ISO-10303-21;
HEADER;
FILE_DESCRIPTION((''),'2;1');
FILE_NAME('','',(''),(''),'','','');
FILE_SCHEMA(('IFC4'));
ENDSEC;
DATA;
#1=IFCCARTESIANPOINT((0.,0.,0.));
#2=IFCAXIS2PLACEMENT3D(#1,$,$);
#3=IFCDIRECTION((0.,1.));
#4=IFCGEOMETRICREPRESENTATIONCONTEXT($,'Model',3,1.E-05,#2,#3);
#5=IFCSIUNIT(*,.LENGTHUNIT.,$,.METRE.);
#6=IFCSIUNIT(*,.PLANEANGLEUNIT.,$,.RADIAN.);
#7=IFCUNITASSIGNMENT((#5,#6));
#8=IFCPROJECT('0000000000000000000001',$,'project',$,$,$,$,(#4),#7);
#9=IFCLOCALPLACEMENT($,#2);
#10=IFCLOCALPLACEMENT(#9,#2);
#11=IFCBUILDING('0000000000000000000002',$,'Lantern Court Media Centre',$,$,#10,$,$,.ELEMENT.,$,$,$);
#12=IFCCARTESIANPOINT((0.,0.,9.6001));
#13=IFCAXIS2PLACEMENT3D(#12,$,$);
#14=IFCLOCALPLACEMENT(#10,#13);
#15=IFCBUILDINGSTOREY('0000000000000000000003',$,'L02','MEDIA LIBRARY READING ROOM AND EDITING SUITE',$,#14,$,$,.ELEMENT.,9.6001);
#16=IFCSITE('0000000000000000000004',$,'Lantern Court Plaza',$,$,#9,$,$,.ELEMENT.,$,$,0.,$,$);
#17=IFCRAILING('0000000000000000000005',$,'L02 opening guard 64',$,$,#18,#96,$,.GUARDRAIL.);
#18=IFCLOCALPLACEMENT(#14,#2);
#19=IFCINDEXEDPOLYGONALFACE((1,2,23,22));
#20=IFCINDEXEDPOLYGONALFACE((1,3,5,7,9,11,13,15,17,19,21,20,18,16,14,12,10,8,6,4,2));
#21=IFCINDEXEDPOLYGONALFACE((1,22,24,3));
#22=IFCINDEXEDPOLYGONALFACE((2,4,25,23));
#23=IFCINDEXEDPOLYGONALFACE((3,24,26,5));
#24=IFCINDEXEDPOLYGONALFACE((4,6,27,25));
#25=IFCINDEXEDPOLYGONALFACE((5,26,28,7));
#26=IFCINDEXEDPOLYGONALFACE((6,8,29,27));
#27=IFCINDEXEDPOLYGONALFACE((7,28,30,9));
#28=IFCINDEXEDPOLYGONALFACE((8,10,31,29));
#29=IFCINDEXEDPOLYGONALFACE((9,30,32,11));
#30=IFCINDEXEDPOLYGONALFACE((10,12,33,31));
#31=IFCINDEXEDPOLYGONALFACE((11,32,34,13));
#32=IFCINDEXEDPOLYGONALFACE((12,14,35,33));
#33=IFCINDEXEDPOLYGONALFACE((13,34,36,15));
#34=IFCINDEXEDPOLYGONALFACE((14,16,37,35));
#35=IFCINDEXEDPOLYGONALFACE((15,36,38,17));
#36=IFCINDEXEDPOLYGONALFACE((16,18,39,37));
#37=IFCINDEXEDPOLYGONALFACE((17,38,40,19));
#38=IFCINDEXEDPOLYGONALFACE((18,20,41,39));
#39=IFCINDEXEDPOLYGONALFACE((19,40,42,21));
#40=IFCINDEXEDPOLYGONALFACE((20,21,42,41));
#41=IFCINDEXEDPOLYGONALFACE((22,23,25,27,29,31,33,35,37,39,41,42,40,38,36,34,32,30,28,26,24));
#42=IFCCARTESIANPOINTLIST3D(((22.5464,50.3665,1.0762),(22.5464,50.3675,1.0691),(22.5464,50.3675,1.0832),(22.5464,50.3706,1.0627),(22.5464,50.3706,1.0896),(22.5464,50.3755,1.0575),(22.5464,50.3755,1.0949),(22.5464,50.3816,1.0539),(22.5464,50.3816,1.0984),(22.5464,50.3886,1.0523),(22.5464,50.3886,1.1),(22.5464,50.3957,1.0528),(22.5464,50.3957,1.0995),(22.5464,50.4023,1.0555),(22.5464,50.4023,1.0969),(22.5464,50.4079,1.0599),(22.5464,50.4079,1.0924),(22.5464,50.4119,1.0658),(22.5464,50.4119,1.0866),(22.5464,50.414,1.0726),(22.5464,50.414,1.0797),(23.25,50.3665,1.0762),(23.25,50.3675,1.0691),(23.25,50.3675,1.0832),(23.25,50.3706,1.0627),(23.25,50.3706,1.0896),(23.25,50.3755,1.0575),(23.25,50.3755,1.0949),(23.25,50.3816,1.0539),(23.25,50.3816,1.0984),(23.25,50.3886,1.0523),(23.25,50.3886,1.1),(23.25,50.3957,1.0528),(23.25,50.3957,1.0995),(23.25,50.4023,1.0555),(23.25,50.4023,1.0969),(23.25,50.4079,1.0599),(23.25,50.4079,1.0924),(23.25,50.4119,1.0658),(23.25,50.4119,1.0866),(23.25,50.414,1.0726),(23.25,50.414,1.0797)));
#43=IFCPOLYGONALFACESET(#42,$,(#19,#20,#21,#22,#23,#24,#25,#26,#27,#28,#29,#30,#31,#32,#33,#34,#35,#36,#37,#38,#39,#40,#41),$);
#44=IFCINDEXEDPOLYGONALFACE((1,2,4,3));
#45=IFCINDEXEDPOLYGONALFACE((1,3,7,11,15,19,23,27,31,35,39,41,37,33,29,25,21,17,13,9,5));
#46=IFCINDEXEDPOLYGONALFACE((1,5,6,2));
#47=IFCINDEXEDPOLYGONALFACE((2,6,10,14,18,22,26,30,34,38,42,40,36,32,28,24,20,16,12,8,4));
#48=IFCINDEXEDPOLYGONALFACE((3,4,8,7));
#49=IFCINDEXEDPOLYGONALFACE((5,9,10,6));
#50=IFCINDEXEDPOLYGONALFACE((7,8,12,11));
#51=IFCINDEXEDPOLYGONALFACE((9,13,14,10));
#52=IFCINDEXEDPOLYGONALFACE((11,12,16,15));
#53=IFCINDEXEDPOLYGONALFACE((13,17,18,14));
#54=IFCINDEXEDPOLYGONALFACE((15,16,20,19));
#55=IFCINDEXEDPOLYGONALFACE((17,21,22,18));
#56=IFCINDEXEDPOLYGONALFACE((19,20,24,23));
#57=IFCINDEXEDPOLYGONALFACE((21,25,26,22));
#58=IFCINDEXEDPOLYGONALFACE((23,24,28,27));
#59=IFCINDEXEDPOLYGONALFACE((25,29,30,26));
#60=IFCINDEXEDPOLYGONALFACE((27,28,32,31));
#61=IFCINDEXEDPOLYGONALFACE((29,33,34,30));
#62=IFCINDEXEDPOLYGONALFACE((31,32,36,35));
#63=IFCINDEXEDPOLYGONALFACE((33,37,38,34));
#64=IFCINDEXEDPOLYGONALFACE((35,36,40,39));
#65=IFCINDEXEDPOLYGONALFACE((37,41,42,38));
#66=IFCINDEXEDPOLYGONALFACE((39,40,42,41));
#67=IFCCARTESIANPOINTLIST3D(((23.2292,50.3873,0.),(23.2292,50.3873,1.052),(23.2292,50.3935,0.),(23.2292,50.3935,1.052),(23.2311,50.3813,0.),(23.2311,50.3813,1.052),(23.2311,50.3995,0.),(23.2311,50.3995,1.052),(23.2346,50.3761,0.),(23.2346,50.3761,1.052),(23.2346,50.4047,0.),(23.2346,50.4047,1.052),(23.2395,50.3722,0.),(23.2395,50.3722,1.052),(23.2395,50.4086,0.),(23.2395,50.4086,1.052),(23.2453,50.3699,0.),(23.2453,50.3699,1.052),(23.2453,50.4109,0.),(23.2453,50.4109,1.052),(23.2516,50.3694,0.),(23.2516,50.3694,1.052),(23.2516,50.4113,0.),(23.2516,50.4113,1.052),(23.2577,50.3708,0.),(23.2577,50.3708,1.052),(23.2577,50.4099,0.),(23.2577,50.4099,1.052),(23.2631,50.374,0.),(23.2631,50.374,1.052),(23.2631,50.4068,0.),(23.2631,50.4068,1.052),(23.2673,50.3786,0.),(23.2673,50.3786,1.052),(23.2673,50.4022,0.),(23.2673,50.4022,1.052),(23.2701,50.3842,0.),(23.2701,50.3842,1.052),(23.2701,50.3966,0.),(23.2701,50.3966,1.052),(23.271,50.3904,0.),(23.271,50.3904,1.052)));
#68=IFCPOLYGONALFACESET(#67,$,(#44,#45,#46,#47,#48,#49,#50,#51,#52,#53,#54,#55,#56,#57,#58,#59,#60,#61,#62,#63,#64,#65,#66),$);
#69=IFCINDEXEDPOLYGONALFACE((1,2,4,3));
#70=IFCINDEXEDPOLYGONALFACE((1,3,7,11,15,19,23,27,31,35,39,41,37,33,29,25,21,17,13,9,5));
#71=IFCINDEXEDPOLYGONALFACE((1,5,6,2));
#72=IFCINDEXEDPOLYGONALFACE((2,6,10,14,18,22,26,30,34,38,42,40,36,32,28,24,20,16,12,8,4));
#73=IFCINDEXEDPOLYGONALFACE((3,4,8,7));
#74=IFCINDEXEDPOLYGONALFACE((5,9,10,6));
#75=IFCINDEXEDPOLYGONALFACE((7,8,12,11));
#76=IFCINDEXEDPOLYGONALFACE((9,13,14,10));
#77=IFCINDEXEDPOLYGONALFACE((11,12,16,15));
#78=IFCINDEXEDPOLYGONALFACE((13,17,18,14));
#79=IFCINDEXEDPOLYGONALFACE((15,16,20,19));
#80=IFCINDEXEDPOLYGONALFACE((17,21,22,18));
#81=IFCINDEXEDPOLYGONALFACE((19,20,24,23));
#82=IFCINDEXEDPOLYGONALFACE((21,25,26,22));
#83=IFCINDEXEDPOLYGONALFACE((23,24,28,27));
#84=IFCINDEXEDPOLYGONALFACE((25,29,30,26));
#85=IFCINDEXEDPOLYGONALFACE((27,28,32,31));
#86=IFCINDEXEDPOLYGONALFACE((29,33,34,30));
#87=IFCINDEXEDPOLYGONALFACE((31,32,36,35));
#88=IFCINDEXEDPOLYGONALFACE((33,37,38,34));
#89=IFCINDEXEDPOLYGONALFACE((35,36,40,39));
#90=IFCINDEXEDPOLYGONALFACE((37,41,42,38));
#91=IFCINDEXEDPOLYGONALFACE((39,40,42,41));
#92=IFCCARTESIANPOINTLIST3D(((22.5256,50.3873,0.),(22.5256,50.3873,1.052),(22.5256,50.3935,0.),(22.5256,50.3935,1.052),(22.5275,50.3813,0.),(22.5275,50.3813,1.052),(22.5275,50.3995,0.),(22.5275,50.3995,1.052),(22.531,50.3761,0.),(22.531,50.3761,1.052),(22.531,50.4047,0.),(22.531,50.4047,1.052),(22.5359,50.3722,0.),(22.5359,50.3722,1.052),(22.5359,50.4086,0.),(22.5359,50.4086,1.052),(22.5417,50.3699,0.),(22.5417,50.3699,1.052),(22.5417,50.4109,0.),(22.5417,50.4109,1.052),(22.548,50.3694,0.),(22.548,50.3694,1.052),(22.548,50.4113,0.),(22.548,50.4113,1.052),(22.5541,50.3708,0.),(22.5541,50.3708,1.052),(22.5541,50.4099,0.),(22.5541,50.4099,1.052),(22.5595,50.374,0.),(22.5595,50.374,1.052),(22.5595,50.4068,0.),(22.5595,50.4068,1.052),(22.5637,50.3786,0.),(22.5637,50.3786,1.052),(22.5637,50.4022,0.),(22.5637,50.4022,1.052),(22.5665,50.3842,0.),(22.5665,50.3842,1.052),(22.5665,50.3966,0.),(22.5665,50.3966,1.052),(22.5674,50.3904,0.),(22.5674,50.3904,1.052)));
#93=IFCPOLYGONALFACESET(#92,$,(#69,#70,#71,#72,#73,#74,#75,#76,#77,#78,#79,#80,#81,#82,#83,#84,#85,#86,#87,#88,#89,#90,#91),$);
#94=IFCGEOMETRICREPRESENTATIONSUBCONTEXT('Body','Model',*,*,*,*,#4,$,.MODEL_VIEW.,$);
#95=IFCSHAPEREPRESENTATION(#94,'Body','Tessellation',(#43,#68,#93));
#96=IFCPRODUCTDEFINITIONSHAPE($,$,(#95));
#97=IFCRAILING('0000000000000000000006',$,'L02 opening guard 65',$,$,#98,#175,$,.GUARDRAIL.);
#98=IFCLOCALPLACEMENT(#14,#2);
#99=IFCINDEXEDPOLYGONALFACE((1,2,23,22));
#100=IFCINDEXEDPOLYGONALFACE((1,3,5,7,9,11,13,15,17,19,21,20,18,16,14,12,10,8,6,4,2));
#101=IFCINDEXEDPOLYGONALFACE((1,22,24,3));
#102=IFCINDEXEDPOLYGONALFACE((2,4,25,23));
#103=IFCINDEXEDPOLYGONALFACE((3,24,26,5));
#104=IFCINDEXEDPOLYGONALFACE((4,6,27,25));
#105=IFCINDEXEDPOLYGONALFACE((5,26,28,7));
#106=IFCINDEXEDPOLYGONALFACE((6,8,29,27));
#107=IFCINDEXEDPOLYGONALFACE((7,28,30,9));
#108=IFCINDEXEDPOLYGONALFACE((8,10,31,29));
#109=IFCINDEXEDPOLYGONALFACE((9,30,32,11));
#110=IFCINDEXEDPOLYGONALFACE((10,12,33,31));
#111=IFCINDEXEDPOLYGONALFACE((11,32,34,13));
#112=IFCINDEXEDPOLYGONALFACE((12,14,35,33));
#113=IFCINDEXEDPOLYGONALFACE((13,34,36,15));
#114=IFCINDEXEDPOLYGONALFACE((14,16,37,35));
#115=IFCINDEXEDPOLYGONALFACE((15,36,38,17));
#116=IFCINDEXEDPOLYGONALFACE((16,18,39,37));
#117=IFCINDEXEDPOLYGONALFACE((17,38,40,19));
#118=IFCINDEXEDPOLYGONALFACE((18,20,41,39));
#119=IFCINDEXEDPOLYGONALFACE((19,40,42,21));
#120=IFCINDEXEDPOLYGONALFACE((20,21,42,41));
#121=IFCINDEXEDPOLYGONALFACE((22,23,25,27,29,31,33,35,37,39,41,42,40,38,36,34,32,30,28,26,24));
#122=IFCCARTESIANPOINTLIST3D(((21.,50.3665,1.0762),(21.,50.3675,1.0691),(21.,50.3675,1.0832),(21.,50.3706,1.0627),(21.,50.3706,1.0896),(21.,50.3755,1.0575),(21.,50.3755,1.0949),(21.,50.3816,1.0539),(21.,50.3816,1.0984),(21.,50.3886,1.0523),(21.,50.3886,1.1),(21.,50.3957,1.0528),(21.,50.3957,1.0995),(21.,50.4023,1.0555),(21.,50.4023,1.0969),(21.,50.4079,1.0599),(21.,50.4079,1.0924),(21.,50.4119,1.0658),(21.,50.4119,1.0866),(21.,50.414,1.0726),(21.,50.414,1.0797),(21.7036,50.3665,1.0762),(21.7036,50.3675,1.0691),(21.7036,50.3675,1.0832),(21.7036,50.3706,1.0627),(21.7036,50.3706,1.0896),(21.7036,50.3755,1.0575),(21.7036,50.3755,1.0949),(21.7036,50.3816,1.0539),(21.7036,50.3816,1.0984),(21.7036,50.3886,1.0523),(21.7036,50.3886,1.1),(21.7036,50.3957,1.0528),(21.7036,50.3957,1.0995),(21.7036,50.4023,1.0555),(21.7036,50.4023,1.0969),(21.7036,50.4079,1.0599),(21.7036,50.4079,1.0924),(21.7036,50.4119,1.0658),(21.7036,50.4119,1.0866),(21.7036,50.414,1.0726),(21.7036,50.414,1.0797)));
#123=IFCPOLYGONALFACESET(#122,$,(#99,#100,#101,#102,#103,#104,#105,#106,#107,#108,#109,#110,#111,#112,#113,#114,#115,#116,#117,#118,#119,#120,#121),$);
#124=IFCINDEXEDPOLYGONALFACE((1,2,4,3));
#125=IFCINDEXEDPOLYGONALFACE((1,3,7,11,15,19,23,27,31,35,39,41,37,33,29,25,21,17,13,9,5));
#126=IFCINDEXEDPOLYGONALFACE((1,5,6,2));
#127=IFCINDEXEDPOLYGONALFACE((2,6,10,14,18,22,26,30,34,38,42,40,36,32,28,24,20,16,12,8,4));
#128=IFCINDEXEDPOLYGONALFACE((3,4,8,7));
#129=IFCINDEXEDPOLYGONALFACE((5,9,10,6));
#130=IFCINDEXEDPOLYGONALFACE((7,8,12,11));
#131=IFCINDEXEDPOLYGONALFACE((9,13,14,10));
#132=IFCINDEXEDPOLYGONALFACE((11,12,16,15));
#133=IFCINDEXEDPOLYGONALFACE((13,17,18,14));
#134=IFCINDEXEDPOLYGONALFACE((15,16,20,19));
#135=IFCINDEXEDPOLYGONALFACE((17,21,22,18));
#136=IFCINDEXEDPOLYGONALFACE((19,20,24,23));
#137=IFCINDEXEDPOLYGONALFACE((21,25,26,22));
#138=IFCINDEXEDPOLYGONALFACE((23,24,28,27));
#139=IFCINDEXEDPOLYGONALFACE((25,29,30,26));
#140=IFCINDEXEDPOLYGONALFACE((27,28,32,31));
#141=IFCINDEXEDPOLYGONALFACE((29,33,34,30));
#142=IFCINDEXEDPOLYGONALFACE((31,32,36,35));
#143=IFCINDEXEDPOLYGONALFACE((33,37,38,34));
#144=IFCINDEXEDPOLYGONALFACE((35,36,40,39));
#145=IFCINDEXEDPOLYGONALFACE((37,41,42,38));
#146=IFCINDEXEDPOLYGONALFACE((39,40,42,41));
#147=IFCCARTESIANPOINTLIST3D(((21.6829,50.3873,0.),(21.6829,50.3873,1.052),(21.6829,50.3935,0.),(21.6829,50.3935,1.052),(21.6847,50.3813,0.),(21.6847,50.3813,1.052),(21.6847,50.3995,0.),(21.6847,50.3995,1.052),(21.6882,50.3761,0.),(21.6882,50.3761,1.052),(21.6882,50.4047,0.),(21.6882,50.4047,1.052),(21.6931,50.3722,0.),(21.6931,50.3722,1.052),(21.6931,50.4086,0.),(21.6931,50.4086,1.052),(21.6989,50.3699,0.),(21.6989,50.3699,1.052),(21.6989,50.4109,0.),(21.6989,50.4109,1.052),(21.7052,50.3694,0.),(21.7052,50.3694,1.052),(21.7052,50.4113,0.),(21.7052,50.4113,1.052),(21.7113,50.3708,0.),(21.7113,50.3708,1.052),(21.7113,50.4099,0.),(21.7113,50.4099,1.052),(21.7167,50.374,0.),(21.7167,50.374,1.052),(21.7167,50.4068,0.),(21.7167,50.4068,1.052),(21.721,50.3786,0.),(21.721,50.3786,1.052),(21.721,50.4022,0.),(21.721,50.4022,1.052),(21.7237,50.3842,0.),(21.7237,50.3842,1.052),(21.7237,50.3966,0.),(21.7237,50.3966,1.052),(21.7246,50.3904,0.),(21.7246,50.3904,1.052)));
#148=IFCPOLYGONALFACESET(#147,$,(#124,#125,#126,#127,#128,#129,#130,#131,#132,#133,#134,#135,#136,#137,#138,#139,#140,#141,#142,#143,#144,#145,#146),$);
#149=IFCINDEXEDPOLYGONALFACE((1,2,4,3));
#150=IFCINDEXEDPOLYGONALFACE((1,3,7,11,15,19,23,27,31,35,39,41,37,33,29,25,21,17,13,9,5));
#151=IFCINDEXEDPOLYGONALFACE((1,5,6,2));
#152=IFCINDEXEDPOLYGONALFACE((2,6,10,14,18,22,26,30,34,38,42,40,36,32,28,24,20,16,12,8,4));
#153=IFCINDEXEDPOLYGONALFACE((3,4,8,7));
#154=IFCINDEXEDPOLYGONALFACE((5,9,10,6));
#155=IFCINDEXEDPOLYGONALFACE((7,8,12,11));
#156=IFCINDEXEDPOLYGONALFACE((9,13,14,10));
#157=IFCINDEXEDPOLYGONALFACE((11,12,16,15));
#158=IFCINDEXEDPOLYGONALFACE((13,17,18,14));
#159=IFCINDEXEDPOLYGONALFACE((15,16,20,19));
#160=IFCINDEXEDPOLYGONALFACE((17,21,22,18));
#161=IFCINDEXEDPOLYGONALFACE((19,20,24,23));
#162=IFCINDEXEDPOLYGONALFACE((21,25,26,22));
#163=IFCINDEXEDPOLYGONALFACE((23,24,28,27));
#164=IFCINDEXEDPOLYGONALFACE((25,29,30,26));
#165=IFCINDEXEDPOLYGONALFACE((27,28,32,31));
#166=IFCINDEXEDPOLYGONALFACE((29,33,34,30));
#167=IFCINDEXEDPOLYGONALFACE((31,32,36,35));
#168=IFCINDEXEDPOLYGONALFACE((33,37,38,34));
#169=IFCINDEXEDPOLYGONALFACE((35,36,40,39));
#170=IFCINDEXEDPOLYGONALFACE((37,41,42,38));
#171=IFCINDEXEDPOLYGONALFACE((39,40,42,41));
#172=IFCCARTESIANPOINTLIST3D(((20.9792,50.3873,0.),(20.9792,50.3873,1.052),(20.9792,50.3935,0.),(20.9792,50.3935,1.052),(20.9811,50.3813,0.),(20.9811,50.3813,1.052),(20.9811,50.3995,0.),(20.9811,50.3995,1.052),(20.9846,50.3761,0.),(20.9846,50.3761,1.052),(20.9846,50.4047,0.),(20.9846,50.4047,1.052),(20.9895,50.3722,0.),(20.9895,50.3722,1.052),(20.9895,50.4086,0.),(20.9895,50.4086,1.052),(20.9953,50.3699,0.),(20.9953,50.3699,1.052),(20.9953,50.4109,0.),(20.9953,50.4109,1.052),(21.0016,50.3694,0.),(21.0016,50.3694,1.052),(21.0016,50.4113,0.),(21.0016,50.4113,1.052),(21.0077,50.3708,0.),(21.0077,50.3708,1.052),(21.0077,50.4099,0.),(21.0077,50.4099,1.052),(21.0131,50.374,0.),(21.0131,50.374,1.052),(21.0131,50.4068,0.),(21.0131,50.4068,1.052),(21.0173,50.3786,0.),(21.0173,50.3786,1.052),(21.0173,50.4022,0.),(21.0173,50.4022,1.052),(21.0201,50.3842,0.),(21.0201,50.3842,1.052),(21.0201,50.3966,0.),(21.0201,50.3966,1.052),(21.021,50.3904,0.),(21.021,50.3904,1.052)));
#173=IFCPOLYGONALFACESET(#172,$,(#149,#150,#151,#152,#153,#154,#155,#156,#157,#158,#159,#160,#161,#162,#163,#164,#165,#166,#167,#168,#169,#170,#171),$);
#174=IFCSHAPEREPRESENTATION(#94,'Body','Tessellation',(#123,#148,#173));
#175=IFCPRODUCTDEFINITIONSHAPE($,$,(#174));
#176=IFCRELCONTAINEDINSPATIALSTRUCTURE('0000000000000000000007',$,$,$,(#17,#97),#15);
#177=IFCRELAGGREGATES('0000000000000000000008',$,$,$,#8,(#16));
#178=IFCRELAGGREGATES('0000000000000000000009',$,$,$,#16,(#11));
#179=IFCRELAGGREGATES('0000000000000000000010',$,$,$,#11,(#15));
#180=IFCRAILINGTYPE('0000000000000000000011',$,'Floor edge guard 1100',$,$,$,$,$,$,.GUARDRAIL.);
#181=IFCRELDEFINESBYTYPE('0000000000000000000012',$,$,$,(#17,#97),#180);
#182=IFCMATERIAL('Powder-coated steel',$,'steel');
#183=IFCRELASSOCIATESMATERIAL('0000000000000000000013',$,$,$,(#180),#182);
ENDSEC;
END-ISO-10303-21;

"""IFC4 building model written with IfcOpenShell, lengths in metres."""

from ifc_helpers import new_model, si_unit, direction, frame, origin, origin_2d, place, context, subcontext, project, spatial, circle, extrude, material, type_object, element, save


model = new_model("IFC4")

# Units and contexts
model_context = context("Model", 3, precision=1e-05, world=origin(), true_north=direction((0.0, 1.0)))
body_context = subcontext(model_context, "Body", "Model", "MODEL_VIEW")
ifc_project = project(units=[si_unit("LENGTHUNIT", "METRE"), si_unit("PLANEANGLEUNIT", "RADIAN")], contexts=[model_context])

# Site, building, storey
site_placement = place(None, origin())
site = spatial("IfcSite", under=ifc_project, at=site_placement, Name="Lantern Court Plaza", CompositionType="ELEMENT", RefElevation=0.0)
building_placement = place(site_placement, origin())
building = spatial("IfcBuilding", under=site, at=building_placement, Name="Lantern Court Media Centre", CompositionType="ELEMENT")
storey_placement = place(building_placement, frame((0.0, 0.0, 9.6001)))
storey = spatial("IfcBuildingStorey", under=building, at=storey_placement, Name="L02", Description="MEDIA LIBRARY READING ROOM AND EDITING SUITE", CompositionType="ELEMENT", Elevation=9.6001)

# Railings
ifc_material_1 = material(Name="Powder-coated steel", Category="steel")
railing_type = type_object("IfcRailingType", Name="Floor edge guard 1100", PredefinedType="GUARDRAIL", material=ifc_material_1)
for number, where, name in (
    (1, (23.25, 50.3904, 0.0), "L02 opening guard 64"),
    (2, (21.7036, 50.3904, 0.0), "L02 opening guard 65"),
):
    element("IfcRailing", number, at=place(storey_placement, frame(where)), inside=storey, type_object=railing_type, Name=name, PredefinedType="GUARDRAIL", context=body_context, shape_type="SweptSolid", body=[
        extrude(circle(Radius=0.0239, at=origin_2d()), frame((0.0, 0.0, 1.0762), z_axis=(-1.0, 0.0, 0.0), x_axis=(0.0, -1.0, 0.0)), (0.0, 0.0, 1.0), 0.7036),
        extrude(circle(Radius=0.021, at=origin_2d()), origin(), (0.0, 0.0, 1.0), 1.052),
        extrude(circle(Radius=0.021, at=origin_2d()), frame((-0.7036, 0.0, 0.0)), (0.0, 0.0, 1.0), 1.052),
    ])

save(model, "model.ifc")
